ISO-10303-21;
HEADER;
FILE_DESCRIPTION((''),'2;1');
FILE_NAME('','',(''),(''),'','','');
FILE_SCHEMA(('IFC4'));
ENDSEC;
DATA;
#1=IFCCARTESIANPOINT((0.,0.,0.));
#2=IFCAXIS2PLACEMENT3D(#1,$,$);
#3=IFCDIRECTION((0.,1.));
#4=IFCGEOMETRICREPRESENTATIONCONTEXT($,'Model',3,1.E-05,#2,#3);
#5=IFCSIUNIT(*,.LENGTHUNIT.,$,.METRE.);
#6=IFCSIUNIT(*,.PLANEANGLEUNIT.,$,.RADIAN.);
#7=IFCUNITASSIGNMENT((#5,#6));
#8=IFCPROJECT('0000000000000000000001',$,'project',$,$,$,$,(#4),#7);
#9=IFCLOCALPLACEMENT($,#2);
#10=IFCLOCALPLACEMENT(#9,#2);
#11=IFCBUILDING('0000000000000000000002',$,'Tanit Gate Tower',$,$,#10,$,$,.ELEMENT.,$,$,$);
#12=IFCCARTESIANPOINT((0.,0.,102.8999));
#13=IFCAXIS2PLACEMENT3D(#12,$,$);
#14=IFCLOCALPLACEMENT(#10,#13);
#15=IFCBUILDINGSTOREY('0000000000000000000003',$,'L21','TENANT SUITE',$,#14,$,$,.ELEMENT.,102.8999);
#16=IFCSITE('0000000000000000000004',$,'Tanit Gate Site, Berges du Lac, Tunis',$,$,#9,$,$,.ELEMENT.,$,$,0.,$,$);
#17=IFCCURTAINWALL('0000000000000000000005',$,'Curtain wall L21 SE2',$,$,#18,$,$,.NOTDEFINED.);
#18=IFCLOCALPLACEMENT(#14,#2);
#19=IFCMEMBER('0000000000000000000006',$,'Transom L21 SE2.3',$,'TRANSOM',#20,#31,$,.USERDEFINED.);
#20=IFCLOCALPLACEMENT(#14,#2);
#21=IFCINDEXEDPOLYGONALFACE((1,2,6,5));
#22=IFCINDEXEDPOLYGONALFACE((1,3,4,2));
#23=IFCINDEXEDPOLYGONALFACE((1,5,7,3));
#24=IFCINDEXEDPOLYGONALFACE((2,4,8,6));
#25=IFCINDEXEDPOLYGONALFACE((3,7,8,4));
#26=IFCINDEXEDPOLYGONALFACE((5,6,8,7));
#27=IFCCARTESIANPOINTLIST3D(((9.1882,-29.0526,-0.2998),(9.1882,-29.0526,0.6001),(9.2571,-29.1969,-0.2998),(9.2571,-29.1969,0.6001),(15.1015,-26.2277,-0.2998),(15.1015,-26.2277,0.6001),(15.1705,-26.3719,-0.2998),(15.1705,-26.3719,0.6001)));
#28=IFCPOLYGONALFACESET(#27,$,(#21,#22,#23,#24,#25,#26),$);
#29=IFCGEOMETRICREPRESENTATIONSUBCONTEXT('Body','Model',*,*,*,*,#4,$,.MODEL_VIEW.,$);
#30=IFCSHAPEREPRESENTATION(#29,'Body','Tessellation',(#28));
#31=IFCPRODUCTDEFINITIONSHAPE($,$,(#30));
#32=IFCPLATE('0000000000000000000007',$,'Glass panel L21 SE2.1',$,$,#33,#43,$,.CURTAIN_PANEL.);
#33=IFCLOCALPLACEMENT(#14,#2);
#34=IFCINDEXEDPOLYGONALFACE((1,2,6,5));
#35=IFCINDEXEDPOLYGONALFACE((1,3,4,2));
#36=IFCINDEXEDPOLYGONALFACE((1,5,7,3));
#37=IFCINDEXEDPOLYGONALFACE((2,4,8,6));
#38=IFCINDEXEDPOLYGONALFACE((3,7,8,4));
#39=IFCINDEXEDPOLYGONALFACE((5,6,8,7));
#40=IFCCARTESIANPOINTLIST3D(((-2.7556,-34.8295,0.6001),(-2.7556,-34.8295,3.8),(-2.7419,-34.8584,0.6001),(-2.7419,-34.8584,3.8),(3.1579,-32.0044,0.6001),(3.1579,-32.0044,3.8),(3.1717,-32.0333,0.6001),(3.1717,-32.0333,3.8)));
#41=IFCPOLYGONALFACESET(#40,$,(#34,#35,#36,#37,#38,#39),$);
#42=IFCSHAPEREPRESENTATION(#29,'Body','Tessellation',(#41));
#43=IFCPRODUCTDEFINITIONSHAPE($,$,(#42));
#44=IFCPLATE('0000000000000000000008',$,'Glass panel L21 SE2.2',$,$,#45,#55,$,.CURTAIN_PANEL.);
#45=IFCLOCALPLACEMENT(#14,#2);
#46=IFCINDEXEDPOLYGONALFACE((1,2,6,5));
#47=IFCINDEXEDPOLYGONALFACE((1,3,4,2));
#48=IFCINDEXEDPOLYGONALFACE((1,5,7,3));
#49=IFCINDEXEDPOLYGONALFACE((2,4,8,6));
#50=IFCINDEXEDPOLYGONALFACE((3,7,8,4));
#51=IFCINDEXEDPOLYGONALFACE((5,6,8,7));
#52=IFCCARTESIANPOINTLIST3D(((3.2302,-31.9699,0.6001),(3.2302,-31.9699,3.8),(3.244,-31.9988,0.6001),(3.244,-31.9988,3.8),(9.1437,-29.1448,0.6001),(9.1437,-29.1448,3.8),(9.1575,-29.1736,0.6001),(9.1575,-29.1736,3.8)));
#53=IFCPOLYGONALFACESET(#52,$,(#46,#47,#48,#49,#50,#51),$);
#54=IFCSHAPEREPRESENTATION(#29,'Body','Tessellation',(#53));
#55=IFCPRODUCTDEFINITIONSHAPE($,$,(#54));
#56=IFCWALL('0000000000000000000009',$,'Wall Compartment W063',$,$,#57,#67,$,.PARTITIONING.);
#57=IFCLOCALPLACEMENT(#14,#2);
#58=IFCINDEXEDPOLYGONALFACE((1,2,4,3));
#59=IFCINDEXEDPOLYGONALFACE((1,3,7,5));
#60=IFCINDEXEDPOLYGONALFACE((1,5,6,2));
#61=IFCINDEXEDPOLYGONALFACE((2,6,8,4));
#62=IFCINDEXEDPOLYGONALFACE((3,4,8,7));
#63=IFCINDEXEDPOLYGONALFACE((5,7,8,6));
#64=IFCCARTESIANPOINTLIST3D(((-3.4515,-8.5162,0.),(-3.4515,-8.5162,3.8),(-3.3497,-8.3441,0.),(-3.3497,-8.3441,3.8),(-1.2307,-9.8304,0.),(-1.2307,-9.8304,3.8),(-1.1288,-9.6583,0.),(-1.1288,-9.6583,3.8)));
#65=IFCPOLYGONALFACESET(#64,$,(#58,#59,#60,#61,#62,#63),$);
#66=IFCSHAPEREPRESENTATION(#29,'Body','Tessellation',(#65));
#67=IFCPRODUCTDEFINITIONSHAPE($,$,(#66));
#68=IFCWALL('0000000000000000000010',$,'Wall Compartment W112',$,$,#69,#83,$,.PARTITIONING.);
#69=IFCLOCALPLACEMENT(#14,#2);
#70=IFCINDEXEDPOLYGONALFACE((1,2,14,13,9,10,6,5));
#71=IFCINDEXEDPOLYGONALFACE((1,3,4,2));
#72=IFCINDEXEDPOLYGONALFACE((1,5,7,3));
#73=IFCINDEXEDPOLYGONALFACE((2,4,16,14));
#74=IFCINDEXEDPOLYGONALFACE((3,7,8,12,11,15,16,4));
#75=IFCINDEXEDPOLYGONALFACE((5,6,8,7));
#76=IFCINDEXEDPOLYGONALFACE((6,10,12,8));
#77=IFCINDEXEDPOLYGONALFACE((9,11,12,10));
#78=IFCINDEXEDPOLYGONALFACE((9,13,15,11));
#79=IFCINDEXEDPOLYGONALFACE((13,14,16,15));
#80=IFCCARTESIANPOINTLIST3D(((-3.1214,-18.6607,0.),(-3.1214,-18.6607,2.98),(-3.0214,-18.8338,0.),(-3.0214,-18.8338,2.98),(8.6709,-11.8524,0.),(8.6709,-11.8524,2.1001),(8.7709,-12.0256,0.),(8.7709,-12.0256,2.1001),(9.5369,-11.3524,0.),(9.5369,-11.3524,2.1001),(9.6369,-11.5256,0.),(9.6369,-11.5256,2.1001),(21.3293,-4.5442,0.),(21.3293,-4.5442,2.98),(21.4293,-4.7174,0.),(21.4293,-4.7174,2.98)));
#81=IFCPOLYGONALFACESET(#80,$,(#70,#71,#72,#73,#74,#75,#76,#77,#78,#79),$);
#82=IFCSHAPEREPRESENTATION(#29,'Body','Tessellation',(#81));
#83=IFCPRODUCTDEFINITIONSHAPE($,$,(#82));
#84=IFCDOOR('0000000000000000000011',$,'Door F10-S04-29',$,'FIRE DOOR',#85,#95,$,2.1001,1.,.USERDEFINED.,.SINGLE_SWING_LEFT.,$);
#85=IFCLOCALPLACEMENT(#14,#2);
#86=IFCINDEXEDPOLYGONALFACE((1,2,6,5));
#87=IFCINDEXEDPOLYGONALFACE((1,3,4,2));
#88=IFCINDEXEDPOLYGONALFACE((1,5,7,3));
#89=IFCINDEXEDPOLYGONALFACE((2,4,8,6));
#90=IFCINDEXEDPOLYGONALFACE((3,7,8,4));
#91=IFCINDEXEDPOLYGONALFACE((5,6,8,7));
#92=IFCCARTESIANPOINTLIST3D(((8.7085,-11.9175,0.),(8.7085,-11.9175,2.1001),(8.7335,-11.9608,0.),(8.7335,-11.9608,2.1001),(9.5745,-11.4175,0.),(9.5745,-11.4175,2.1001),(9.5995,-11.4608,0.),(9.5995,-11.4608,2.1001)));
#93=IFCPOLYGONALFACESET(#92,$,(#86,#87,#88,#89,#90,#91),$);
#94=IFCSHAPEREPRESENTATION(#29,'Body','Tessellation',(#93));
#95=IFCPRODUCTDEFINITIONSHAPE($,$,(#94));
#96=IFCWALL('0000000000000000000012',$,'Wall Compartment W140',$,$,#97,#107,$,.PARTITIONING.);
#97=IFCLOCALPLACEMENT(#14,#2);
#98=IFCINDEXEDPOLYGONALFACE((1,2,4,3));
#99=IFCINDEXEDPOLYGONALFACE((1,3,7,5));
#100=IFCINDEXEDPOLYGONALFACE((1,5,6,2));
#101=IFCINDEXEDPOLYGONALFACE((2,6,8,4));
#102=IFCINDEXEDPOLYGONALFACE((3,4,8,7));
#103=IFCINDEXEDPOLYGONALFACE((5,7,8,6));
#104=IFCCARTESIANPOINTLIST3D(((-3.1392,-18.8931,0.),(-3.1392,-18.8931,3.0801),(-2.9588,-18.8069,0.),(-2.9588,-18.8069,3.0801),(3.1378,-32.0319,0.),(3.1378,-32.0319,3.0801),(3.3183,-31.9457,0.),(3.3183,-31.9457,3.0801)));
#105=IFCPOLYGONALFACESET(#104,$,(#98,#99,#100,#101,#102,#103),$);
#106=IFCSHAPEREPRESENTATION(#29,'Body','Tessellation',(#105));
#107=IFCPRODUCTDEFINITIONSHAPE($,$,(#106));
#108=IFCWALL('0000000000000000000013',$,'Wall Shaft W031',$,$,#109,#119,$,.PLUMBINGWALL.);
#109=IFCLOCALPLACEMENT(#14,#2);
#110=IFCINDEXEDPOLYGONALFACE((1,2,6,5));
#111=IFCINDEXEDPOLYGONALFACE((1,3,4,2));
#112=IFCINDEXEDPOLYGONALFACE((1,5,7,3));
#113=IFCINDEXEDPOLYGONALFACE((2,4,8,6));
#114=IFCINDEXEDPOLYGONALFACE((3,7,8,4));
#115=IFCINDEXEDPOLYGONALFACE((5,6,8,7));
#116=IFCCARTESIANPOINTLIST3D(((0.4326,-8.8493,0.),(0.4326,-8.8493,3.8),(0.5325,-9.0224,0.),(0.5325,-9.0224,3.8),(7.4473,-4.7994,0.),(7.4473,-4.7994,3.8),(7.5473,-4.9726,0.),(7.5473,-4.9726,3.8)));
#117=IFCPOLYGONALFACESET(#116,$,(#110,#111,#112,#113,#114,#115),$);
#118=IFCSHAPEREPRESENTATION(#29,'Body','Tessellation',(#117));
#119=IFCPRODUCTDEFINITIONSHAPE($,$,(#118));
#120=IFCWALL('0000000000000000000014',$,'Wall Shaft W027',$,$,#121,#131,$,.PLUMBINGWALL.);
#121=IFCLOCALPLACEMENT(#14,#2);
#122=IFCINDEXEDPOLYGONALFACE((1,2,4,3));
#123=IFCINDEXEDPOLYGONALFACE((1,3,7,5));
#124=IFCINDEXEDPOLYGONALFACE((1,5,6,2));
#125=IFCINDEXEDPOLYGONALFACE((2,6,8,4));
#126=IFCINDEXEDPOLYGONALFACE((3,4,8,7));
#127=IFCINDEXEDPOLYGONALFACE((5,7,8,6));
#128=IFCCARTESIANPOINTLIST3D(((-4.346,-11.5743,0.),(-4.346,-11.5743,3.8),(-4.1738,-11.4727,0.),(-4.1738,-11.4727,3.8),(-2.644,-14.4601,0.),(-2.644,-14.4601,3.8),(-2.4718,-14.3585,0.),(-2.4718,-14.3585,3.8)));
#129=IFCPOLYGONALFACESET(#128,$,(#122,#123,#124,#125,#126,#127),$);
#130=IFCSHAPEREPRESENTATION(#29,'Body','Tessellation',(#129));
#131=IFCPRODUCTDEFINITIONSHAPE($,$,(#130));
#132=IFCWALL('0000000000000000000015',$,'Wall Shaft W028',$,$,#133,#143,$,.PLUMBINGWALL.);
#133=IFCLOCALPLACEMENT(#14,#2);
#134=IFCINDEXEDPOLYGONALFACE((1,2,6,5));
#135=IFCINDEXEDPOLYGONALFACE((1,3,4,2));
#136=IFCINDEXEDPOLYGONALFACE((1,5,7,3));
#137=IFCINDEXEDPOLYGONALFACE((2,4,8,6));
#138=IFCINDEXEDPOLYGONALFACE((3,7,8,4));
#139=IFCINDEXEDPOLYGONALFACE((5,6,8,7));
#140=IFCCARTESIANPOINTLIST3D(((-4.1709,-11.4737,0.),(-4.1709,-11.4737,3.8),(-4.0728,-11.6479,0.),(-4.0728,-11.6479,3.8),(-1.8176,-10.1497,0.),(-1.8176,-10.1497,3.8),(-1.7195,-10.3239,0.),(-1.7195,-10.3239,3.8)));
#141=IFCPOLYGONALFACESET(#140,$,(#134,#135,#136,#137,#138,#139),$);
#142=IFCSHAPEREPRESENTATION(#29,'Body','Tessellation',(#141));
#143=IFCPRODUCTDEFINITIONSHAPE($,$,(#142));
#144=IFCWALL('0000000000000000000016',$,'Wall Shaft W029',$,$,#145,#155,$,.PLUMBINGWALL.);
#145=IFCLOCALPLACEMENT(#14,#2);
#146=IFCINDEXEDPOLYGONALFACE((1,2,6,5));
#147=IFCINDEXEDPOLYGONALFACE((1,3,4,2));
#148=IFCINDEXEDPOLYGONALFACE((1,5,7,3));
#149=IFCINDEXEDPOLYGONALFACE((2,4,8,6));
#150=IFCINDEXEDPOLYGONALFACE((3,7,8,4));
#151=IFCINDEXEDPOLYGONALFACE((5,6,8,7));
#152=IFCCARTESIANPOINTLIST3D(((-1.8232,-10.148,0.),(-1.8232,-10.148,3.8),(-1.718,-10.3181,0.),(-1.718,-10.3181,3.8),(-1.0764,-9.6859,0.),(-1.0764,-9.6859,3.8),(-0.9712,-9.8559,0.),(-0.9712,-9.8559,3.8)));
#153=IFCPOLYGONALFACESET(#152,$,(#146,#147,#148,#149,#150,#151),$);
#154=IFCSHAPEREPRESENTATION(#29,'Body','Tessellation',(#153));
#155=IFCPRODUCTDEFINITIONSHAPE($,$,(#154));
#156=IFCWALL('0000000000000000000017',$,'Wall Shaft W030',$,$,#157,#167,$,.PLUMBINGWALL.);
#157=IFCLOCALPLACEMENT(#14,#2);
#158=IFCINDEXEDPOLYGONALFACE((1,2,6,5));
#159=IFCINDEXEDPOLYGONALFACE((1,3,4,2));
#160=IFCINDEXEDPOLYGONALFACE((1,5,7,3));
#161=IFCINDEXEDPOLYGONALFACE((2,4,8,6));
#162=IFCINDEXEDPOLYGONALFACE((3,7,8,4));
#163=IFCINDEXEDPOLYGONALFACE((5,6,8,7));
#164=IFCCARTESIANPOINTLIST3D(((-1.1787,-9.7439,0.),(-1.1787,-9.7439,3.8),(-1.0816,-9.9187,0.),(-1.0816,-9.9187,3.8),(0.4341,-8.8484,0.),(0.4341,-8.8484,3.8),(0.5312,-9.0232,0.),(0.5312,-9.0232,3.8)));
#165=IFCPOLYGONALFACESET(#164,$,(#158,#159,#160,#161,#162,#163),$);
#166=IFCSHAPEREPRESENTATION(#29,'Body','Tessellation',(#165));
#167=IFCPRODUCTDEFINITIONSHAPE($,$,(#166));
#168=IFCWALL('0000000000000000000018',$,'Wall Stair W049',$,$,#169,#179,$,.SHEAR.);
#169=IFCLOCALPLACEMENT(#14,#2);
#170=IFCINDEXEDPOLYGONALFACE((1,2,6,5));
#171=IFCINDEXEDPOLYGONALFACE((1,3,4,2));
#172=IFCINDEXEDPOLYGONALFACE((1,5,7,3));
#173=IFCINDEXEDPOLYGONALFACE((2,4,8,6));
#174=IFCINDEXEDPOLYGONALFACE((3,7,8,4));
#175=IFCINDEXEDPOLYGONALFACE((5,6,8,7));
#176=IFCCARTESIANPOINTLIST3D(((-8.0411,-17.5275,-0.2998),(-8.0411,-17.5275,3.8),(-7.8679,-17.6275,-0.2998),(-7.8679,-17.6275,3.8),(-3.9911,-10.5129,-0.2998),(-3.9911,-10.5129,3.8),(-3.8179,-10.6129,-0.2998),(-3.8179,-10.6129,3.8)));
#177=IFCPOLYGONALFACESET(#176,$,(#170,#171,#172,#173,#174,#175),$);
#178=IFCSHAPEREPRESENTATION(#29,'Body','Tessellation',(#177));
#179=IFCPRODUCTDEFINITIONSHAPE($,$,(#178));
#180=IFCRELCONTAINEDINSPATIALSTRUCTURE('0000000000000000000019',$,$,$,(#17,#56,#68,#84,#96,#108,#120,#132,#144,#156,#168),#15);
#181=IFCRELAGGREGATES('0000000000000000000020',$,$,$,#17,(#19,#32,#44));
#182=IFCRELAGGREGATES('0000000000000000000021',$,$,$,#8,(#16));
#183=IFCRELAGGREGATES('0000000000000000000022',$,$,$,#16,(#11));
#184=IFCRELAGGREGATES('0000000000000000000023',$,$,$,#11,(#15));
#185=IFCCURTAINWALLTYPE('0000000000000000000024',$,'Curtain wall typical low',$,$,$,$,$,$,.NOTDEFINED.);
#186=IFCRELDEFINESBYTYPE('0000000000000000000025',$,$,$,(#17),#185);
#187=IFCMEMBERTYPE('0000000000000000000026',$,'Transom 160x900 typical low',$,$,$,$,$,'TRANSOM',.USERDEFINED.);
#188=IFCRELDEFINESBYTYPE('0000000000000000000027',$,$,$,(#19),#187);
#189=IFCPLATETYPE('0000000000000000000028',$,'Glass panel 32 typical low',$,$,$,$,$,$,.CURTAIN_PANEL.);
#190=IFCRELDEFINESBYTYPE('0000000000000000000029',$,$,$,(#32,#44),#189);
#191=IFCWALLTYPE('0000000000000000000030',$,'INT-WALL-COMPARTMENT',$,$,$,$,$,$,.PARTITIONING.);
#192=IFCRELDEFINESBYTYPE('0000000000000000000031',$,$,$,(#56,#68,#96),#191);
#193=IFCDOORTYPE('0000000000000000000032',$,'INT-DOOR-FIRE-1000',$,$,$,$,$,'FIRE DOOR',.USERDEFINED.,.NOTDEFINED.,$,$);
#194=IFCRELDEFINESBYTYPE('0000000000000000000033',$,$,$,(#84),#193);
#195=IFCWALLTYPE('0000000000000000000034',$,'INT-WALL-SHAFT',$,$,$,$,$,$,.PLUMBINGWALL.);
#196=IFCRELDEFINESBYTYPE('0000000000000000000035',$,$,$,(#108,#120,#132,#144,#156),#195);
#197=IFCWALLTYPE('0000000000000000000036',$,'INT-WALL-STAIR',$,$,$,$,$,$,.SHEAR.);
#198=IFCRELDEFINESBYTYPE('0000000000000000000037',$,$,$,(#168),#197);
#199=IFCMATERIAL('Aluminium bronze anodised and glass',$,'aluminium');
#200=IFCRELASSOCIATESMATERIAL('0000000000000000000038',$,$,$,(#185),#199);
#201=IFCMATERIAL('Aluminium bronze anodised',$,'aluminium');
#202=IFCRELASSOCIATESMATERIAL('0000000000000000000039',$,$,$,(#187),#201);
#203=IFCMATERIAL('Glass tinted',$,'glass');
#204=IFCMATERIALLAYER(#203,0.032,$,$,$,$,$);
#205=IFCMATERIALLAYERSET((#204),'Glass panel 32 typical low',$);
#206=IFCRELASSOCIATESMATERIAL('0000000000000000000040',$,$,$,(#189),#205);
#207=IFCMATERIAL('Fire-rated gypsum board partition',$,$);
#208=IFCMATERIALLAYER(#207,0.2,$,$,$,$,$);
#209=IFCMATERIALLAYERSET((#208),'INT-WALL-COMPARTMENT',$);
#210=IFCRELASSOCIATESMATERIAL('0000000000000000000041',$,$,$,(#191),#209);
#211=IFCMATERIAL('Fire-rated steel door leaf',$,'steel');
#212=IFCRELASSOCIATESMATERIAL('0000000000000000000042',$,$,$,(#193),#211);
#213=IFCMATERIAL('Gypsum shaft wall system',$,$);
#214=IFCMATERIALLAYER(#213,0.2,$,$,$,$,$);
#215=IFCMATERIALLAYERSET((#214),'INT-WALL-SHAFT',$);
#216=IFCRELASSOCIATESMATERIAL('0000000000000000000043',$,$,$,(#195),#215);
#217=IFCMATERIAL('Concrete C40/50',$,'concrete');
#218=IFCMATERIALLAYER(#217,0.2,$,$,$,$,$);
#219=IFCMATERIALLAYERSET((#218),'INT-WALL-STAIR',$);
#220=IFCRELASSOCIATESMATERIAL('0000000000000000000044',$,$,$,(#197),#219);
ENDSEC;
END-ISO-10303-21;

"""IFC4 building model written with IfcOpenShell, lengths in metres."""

from ifc_helpers import new_model, si_unit, direction, frame, frame_2d, origin, origin_2d, place, context, subcontext, project, spatial, rectangle, extrude, material, layer, layer_set, material_profile, profile_set, type_object, element, fill, aggregate, save


model = new_model("IFC4")

# Units and contexts
model_context = context("Model", 3, precision=1e-05, world=origin(), true_north=direction((0.0, 1.0)))
body_context = subcontext(model_context, "Body", "Model", "MODEL_VIEW")
ifc_project = project(units=[si_unit("LENGTHUNIT", "METRE"), si_unit("PLANEANGLEUNIT", "RADIAN")], contexts=[model_context])

# Site, building, storey
site_placement = place(None, origin())
site = spatial("IfcSite", under=ifc_project, at=site_placement, Name="Tanit Gate Site, Berges du Lac, Tunis", CompositionType="ELEMENT", RefElevation=0.0)
building_placement = place(site_placement, origin())
building = spatial("IfcBuilding", under=site, at=building_placement, Name="Tanit Gate Tower", CompositionType="ELEMENT")
storey_placement = place(building_placement, frame((0.0, 0.0, 102.8999)))
storey = spatial("IfcBuildingStorey", under=building, at=storey_placement, Name="L21", Description="TENANT SUITE", CompositionType="ELEMENT", Elevation=102.8999)

# Curtain wall
ifc_material_1 = material(Name="Aluminium bronze anodised and glass", Category="aluminium")
curtain_wall_type = type_object("IfcCurtainWallType", Name="Curtain wall typical low", PredefinedType="NOTDEFINED", material=ifc_material_1)
curtain_wall_1_placement = place(storey_placement, origin())
curtain_wall_1 = element("IfcCurtainWall", 1, at=curtain_wall_1_placement, inside=storey, type_object=curtain_wall_type, Name="Curtain wall L21 SE2", PredefinedType="NOTDEFINED")

# Member
ifc_material_2 = material(Name="Aluminium bronze anodised", Category="aluminium")
ifc_material_profile_1 = material_profile(ifc_material_2, rectangle(XDim=0.1599, YDim=0.8999, at=origin_2d()), Name="160x900 bronze transom")
ifc_profile_set_1 = profile_set([ifc_material_profile_1], Name="Aluminium bronze anodised")
member_type_1 = type_object("IfcMemberType", Name="Transom 160x900 typical low", ElementType="TRANSOM", PredefinedType="USERDEFINED", material=ifc_profile_set_1)
member_1_placement = place(storey_placement, frame((9.2227, -29.1248, 0.1501), z_axis=(0.902322, 0.431063, 0.0), x_axis=(-0.431063, 0.902322, 0.0)))
member_1 = element("IfcMember", 2, at=member_1_placement, type_object=member_type_1, Name="Transom L21 SE2.3", ObjectType="TRANSOM", PredefinedType="USERDEFINED", context=body_context, shape_type="SweptSolid", body=[
    extrude(rectangle(XDim=0.1599, YDim=0.8999, at=origin_2d()), origin(), (0.0, 0.0, 1.0), 6.5535),
])

# Plates
ifc_material_3 = material(Name="Glass tinted", Category="glass")
ifc_layer_1 = layer(ifc_material_3, 0.032)
ifc_layer_set_1 = layer_set([ifc_layer_1], Name="Glass panel 32 typical low")
plate_type = type_object("IfcPlateType", Name="Glass panel 32 typical low", PredefinedType="CURTAIN_PANEL", material=ifc_layer_set_1)
plate_1_placement = place(storey_placement, frame((0.208, -33.4314, 0.6001), z_axis=(0.0, 0.0, 1.0), x_axis=(0.902317, 0.431073, 0.0)))
plate_1 = element("IfcPlate", 3, at=plate_1_placement, type_object=plate_type, Name="Glass panel L21 SE2.1", PredefinedType="CURTAIN_PANEL", context=body_context, shape_type="SweptSolid", body=[
    extrude(rectangle(XDim=6.5537, YDim=0.032, at=origin_2d()), origin(), (0.0, 0.0, 1.0), 3.2),
])
plate_2_placement = place(storey_placement, frame((6.1938, -30.5718, 0.6001), z_axis=(0.0, 0.0, 1.0), x_axis=(0.902317, 0.431073, 0.0)))
plate_2 = element("IfcPlate", 4, at=plate_2_placement, type_object=plate_type, Name="Glass panel L21 SE2.2", PredefinedType="CURTAIN_PANEL", context=body_context, shape_type="SweptSolid", body=[
    extrude(rectangle(XDim=6.5537, YDim=0.032, at=origin_2d()), origin(), (0.0, 0.0, 1.0), 3.2),
])
aggregate(curtain_wall_1, [member_1, plate_1, plate_2])

# Wall
ifc_material_4 = material(Name="Fire-rated gypsum board partition")
ifc_layer_2 = layer(ifc_material_4, 0.2)
ifc_layer_set_2 = layer_set([ifc_layer_2], Name="INT-WALL-COMPARTMENT")
wall_type_1 = type_object("IfcWallType", Name="INT-WALL-COMPARTMENT", PredefinedType="PARTITIONING", material=ifc_layer_set_2)
wall_1_placement = place(storey_placement, frame((-3.4006, -8.4302, 0.0), z_axis=(0.0, 0.0, 1.0), x_axis=(0.860616, -0.509255, 0.0)))
element("IfcWall", 5, at=wall_1_placement, inside=storey, type_object=wall_type_1, Name="Wall Compartment W063", PredefinedType="PARTITIONING", context=body_context, shape_type="SweptSolid", body=[
    extrude(rectangle(XDim=2.5806, YDim=0.2, at=frame_2d((1.2903, 0.0))), origin(), (0.0, 0.0, 1.0), 3.8),
])

# Wall, opening, door
wall_2_placement = place(storey_placement, frame((-3.0715, -18.7473, 0.0), z_axis=(0.0, 0.0, 1.0), x_axis=(0.866028, 0.499996, 0.0)))
wall_2 = element("IfcWall", 6, at=wall_2_placement, inside=storey, type_object=wall_type_1, Name="Wall Compartment W112", PredefinedType="PARTITIONING", context=body_context, shape_type="SweptSolid", body=[
    extrude(rectangle(XDim=28.2332, YDim=0.2, at=frame_2d((14.1167, 0.0))), origin(), (0.0, 0.0, 1.0), 2.98),
])
opening_placement = place(wall_2_placement, frame((13.6167, 0.0, 0.0)))
opening = element("IfcOpeningElement", 7, at=opening_placement, cuts=wall_2, PredefinedType="OPENING", context=body_context, shape_type="SweptSolid", body=[
    extrude(rectangle(XDim=1.0, YDim=2.1001, at=frame_2d((0.5, 1.05))), frame((0.0, 0.1099, 0.0), z_axis=(0.0, -1.0, 0.0), x_axis=(1.0, 0.0, 0.0)), (0.0, 0.0, 1.0), 0.22),
])
ifc_material_5 = material(Name="Fire-rated steel door leaf", Category="steel")
door_type = type_object("IfcDoorType", Name="INT-DOOR-FIRE-1000", ElementType="FIRE DOOR", OperationType="NOTDEFINED", PredefinedType="USERDEFINED", material=ifc_material_5)
door_placement = place(opening_placement, origin())
door = element("IfcDoor", 8, at=door_placement, inside=storey, type_object=door_type, Name="Door F10-S04-29", ObjectType="FIRE DOOR", OperationType="SINGLE_SWING_LEFT", OverallHeight=2.1001, OverallWidth=1.0, PredefinedType="USERDEFINED", context=body_context, shape_type="SweptSolid", body=[
    extrude(rectangle(XDim=1.0, YDim=2.1001, at=frame_2d((0.5, 1.05))), frame((0.0, 0.0249, 0.0), z_axis=(0.0, -1.0, 0.0), x_axis=(1.0, 0.0, 0.0)), (0.0, 0.0, 1.0), 0.05),
])
fill(opening, door)

# Walls
wall_3_placement = place(storey_placement, frame((-3.0491, -18.8499, 0.0), z_axis=(0.0, 0.0, 1.0), x_axis=(0.431079, -0.902314, 0.0)))
element("IfcWall", 9, at=wall_3_placement, inside=storey, type_object=wall_type_1, Name="Wall Compartment W140", PredefinedType="PARTITIONING", context=body_context, shape_type="SweptSolid", body=[
    extrude(rectangle(XDim=14.5613, YDim=0.2, at=frame_2d((7.2808, 0.0))), origin(), (0.0, 0.0, 1.0), 3.0801),
])
ifc_material_6 = material(Name="Gypsum shaft wall system")
ifc_layer_3 = layer(ifc_material_6, 0.2)
ifc_layer_set_3 = layer_set([ifc_layer_3], Name="INT-WALL-SHAFT")
wall_type_2 = type_object("IfcWallType", Name="INT-WALL-SHAFT", PredefinedType="PLUMBINGWALL", material=ifc_layer_set_3)
wall_4_placement = place(storey_placement, frame((0.4827, -8.9358, 0.0), z_axis=(0.0, 0.0, 1.0), x_axis=(0.866031, 0.49999, 0.0)))
element("IfcWall", 10, at=wall_4_placement, inside=storey, type_object=wall_type_2, Name="Wall Shaft W031", PredefinedType="PLUMBINGWALL", context=body_context, shape_type="SweptSolid", body=[
    extrude(rectangle(XDim=8.0999, YDim=0.2, at=frame_2d((4.0498, 0.0))), origin(), (0.0, 0.0, 1.0), 3.8),
])
wall_5_placement = place(storey_placement, frame((-2.5579, -14.4094, 0.0), z_axis=(0.0, 0.0, 1.0), x_axis=(-0.507997, 0.861359, 0.0)))
element("IfcWall", 11, at=wall_5_placement, inside=storey, type_object=wall_type_2, Name="Wall Shaft W027", PredefinedType="PLUMBINGWALL", context=body_context, shape_type="SweptSolid", body=[
    extrude(rectangle(XDim=3.3503, YDim=0.2, at=frame_2d((1.6753, 0.0))), origin(), (0.0, 0.0, 1.0), 3.8),
])
wall_6_placement = place(storey_placement, frame((-1.7686, -10.2368, 0.0), z_axis=(0.0, 0.0, 1.0), x_axis=(-0.871534, -0.490334, 0.0)))
element("IfcWall", 12, at=wall_6_placement, inside=storey, type_object=wall_type_2, Name="Wall Shaft W028", PredefinedType="PLUMBINGWALL", context=body_context, shape_type="SweptSolid", body=[
    extrude(rectangle(XDim=2.7002, YDim=0.2, at=frame_2d((1.3501, 0.0))), origin(), (0.0, 0.0, 1.0), 3.8),
])
wall_7_placement = place(storey_placement, frame((-1.0239, -9.771, 0.0), z_axis=(0.0, 0.0, 1.0), x_axis=(-0.850348, -0.526221, 0.0)))
element("IfcWall", 13, at=wall_7_placement, inside=storey, type_object=wall_type_2, Name="Wall Shaft W029", PredefinedType="PLUMBINGWALL", context=body_context, shape_type="SweptSolid", body=[
    extrude(rectangle(XDim=0.8782, YDim=0.2, at=frame_2d((0.439, 0.0))), origin(), (0.0, 0.0, 1.0), 3.8),
])
wall_8_placement = place(storey_placement, frame((-1.1301, -9.8313, 0.0), z_axis=(0.0, 0.0, 1.0), x_axis=(0.87427, 0.485441, 0.0)))
element("IfcWall", 14, at=wall_8_placement, inside=storey, type_object=wall_type_2, Name="Wall Shaft W030", PredefinedType="PLUMBINGWALL", context=body_context, shape_type="SweptSolid", body=[
    extrude(rectangle(XDim=1.8447, YDim=0.2, at=frame_2d((0.9224, 0.0))), origin(), (0.0, 0.0, 1.0), 3.8),
])
ifc_material_7 = material(Name="Concrete C40/50", Category="concrete")
ifc_layer_4 = layer(ifc_material_7, 0.2)
ifc_layer_set_4 = layer_set([ifc_layer_4], Name="INT-WALL-STAIR")
wall_type_3 = type_object("IfcWallType", Name="INT-WALL-STAIR", PredefinedType="SHEAR", material=ifc_layer_set_4)
wall_9_placement = place(storey_placement, frame((-3.9045, -10.563, -0.2998), z_axis=(0.0, 0.0, 1.0), x_axis=(-0.500013, -0.866018, 0.0)))
element("IfcWall", 15, at=wall_9_placement, inside=storey, type_object=wall_type_3, Name="Wall Stair W049", PredefinedType="SHEAR", context=body_context, shape_type="SweptSolid", body=[
    extrude(rectangle(XDim=8.0999, YDim=0.2, at=frame_2d((4.0498, 0.0))), origin(), (0.0, 0.0, 1.0), 4.0999),
])

save(model, "model.ifc")
